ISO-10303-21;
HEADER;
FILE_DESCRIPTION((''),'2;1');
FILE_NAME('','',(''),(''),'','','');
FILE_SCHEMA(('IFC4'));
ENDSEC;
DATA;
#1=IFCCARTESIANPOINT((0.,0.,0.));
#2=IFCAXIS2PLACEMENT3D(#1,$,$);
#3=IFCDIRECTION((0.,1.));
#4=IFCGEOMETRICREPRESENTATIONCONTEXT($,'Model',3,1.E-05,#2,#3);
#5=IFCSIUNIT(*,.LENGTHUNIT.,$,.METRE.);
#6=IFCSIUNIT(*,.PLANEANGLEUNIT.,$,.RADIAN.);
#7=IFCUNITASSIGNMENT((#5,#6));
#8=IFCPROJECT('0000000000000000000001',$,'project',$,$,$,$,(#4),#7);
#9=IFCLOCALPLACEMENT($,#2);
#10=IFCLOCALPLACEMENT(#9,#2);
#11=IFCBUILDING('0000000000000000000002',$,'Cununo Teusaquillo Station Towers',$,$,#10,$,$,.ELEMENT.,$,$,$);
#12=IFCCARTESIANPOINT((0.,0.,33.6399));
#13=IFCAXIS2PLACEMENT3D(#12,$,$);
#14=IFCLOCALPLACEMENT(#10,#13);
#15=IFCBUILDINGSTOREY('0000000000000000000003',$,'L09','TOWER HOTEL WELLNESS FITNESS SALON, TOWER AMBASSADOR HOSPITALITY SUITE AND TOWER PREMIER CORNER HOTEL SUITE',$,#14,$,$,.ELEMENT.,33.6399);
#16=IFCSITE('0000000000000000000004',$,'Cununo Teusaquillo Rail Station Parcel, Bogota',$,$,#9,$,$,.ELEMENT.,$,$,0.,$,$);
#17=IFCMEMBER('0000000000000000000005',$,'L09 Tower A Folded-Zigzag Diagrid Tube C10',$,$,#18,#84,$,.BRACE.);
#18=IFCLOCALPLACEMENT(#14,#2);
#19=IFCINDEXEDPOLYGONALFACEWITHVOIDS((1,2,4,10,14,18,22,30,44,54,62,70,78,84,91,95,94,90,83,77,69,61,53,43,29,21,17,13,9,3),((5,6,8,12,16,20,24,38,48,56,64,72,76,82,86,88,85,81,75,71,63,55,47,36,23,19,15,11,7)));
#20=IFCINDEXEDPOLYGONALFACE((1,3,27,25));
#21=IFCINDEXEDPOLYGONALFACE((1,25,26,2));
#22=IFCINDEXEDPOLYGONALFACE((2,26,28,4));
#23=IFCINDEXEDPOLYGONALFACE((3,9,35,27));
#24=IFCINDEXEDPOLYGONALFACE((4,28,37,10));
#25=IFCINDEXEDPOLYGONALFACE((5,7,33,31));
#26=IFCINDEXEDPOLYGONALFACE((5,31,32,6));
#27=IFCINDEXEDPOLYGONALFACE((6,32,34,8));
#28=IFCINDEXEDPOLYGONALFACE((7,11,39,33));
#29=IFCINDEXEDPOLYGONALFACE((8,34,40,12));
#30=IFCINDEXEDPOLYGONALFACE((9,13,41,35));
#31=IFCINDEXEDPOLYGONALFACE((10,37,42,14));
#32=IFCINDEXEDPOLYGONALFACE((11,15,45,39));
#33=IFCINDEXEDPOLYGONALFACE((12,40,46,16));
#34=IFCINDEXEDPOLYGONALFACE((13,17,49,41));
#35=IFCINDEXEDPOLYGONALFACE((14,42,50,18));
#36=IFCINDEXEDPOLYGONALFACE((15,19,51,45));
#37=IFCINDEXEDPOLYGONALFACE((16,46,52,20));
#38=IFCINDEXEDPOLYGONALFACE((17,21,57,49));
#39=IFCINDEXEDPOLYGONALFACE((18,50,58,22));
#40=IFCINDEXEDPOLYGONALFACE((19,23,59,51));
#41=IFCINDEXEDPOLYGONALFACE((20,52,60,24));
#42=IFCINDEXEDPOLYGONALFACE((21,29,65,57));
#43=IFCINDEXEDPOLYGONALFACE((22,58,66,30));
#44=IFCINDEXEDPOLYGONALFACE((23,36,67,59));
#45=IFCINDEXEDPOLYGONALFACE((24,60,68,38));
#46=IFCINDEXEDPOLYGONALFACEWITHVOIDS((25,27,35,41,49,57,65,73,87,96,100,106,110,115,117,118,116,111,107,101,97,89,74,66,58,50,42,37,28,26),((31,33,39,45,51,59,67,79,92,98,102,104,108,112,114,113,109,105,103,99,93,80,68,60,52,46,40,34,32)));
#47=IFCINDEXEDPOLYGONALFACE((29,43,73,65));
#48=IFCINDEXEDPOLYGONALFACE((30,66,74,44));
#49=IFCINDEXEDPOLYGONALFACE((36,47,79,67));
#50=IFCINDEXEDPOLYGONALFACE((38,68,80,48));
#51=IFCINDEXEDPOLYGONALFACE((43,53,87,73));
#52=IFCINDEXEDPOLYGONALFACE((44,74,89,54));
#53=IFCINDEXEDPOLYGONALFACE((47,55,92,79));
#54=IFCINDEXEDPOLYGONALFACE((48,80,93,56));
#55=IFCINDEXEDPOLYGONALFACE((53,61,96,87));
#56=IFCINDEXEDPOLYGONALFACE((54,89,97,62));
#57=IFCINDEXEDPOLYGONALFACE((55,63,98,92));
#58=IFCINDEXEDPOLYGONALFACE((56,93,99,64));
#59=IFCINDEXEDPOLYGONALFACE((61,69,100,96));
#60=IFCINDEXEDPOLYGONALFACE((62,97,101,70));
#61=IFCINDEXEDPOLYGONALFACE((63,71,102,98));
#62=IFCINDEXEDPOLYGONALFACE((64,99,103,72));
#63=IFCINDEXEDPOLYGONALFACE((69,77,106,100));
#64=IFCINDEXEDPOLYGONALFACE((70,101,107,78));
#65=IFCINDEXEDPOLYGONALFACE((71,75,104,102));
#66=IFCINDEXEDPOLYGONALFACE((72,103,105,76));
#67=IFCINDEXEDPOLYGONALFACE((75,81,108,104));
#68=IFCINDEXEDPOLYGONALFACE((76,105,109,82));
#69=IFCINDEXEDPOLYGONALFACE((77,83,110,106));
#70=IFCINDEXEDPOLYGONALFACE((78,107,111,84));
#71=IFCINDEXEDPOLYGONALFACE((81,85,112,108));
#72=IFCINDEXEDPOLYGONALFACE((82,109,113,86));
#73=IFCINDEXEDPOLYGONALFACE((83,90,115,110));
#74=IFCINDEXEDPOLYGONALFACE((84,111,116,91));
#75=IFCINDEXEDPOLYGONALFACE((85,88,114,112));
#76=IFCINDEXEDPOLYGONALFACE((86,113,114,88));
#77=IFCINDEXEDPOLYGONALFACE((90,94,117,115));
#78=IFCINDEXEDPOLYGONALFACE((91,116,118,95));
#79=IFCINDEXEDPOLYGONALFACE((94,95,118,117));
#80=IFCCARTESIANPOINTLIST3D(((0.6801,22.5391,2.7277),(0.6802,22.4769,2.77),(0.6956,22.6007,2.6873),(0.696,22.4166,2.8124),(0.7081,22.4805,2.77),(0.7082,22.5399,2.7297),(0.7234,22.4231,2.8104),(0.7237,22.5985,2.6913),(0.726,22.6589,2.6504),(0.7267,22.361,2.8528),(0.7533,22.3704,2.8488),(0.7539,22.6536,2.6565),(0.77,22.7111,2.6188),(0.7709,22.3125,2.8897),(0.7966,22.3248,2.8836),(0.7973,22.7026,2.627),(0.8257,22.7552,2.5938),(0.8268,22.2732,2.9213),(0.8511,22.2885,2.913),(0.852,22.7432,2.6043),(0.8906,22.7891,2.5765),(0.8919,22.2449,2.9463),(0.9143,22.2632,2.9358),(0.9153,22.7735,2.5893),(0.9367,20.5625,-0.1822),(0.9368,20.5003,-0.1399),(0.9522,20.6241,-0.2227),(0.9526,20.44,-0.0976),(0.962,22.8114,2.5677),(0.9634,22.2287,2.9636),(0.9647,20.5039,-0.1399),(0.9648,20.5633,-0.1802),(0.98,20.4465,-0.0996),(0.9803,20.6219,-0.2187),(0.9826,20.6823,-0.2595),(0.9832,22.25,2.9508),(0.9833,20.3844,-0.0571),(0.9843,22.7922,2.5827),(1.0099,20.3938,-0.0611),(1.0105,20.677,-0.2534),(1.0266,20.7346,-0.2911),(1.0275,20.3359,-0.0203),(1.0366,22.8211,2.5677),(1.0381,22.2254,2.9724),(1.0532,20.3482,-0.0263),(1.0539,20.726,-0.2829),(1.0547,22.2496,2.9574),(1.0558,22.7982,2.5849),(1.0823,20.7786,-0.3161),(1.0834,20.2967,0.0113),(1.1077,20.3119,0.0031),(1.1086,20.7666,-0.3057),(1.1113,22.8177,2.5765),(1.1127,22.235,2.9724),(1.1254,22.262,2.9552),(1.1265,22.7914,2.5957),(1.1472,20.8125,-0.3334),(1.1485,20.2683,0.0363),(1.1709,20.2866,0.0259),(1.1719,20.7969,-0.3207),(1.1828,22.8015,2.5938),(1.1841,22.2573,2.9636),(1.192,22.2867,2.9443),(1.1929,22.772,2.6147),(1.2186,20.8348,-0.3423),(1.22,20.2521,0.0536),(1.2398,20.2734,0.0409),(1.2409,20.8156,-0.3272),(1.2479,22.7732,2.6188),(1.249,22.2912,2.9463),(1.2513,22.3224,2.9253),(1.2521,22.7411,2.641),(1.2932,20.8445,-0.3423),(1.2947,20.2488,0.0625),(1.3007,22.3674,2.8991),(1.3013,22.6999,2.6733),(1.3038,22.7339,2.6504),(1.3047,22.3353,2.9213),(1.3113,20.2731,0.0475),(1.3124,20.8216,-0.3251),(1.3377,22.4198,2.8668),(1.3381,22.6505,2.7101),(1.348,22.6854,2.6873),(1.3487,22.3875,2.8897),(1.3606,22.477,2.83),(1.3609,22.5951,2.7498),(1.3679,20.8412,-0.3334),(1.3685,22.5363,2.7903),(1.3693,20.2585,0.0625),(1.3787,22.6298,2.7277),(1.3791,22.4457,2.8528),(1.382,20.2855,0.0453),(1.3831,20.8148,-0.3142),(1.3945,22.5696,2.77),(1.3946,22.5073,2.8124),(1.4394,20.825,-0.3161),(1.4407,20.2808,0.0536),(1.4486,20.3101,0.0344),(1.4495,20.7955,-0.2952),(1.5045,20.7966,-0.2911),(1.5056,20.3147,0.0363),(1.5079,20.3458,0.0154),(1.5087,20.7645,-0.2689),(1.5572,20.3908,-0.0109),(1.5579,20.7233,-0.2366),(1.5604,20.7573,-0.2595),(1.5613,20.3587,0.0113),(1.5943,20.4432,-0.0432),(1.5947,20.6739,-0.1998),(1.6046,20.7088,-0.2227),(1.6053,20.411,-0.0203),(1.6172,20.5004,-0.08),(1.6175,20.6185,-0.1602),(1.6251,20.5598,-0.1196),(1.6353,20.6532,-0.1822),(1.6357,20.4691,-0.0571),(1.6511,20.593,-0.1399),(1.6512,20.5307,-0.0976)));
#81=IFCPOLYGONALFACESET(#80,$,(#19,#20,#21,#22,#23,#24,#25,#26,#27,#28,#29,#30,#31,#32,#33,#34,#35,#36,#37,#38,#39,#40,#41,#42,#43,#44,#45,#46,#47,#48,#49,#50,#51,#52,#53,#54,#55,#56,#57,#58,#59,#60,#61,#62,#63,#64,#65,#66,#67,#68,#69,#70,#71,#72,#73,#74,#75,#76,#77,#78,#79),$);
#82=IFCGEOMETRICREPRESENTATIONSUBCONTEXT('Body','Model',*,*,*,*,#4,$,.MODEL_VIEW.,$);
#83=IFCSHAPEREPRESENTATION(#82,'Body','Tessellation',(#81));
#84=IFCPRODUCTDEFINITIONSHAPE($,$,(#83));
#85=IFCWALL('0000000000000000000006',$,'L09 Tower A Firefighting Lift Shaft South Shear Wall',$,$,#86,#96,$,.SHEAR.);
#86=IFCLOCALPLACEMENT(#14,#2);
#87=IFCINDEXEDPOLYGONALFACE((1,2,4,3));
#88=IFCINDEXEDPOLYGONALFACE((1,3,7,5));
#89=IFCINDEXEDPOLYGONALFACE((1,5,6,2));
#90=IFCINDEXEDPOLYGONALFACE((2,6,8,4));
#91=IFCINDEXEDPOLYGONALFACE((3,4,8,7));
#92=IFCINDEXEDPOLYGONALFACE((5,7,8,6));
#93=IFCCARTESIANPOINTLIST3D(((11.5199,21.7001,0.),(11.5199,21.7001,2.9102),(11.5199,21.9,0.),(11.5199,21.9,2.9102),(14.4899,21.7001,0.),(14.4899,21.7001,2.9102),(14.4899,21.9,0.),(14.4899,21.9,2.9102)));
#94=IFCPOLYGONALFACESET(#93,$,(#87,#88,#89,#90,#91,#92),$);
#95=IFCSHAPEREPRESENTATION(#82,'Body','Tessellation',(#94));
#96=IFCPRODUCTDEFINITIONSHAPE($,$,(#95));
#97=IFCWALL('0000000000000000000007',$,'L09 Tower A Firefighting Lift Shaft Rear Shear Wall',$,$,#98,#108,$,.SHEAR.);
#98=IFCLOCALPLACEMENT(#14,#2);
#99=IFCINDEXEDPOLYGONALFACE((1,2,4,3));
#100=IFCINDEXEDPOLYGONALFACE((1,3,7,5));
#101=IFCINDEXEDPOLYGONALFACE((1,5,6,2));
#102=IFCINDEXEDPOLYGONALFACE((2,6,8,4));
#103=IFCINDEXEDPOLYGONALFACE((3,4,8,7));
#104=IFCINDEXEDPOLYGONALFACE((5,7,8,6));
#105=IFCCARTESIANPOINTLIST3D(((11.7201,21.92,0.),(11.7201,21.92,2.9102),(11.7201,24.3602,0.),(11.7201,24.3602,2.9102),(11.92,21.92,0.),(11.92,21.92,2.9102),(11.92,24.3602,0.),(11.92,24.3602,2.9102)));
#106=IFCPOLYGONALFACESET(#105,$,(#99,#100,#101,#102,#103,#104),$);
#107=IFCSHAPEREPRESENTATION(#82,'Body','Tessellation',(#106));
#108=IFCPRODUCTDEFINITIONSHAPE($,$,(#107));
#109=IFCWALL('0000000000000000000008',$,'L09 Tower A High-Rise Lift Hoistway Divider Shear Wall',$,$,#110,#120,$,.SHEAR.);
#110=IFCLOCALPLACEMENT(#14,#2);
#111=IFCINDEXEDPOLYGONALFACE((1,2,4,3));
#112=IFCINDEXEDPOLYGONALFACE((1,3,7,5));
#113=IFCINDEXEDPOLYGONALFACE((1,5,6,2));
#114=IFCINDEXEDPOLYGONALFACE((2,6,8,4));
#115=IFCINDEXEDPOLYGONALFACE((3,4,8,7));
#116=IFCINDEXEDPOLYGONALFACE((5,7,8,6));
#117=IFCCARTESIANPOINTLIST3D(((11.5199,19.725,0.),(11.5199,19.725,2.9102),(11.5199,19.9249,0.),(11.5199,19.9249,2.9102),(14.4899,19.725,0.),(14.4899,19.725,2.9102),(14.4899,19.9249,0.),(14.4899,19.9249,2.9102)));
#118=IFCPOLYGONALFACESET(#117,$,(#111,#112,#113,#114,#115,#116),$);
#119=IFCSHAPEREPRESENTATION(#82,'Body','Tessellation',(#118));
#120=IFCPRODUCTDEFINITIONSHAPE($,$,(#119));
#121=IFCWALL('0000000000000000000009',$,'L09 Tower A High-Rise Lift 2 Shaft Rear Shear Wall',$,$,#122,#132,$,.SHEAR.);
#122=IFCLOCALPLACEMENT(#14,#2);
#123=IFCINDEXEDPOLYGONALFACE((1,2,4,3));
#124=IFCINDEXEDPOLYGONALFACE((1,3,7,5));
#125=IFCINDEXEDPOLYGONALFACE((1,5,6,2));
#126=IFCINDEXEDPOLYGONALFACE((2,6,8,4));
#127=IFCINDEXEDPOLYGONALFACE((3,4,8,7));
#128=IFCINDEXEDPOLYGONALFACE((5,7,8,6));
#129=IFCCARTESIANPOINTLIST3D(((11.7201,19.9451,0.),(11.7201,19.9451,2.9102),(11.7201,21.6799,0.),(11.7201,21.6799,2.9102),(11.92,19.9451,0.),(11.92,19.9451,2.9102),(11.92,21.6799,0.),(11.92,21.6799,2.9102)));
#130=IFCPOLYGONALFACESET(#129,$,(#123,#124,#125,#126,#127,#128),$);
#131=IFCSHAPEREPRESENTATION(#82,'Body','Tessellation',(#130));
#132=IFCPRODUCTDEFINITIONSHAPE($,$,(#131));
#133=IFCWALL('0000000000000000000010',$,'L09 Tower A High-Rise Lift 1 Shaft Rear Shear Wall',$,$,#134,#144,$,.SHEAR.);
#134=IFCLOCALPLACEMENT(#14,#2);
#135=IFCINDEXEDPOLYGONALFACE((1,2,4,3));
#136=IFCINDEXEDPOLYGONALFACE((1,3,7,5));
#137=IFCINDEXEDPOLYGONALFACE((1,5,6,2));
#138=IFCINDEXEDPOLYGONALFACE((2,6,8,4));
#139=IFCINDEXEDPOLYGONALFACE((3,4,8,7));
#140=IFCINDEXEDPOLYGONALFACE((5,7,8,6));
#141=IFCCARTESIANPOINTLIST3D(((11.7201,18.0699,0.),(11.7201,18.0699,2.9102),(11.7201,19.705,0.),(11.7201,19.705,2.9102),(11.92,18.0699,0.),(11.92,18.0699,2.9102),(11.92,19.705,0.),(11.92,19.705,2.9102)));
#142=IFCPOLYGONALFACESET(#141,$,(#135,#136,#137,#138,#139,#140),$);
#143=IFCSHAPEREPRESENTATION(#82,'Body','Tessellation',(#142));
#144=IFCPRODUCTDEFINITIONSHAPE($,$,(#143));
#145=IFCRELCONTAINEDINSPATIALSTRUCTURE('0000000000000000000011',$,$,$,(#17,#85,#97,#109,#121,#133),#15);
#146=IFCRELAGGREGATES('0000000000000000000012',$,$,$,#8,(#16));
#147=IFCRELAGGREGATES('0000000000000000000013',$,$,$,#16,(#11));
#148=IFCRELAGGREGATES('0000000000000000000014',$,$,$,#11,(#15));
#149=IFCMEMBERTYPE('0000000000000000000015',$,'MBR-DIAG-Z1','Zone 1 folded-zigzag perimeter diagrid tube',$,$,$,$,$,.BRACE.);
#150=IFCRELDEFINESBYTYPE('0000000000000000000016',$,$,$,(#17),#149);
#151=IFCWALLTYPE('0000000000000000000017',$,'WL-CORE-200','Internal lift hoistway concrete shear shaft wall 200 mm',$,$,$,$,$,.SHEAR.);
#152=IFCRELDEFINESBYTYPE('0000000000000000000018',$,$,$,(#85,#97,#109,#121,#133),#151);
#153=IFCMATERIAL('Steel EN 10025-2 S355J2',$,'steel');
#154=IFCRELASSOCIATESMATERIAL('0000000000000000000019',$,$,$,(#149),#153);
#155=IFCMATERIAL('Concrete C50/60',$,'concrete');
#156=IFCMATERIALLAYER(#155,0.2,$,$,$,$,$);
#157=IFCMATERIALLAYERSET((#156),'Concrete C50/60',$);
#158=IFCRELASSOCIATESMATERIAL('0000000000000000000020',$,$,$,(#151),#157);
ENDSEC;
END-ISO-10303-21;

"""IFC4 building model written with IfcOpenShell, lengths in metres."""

from ifc_helpers import new_model, si_unit, direction, frame, frame_2d, origin, origin_2d, place, context, subcontext, project, spatial, rectangle, hollow_circle, extrude, material, layer, layer_set, material_profile, profile_set, type_object, element, save


model = new_model("IFC4")

# Units and contexts
model_context = context("Model", 3, precision=1e-05, world=origin(), true_north=direction((0.0, 1.0)))
body_context = subcontext(model_context, "Body", "Model", "MODEL_VIEW")
ifc_project = project(units=[si_unit("LENGTHUNIT", "METRE"), si_unit("PLANEANGLEUNIT", "RADIAN")], contexts=[model_context])

# Site, building, storey
site_placement = place(None, origin())
site = spatial("IfcSite", under=ifc_project, at=site_placement, Name="Cununo Teusaquillo Rail Station Parcel, Bogota", CompositionType="ELEMENT", RefElevation=0.0)
building_placement = place(site_placement, origin())
building = spatial("IfcBuilding", under=site, at=building_placement, Name="Cununo Teusaquillo Station Towers", CompositionType="ELEMENT")
storey_placement = place(building_placement, frame((0.0, 0.0, 33.6399)))
storey = spatial("IfcBuildingStorey", under=building, at=storey_placement, Name="L09", Description="TOWER HOTEL WELLNESS FITNESS SALON, TOWER AMBASSADOR HOSPITALITY SUITE AND TOWER PREMIER CORNER HOTEL SUITE", CompositionType="ELEMENT", Elevation=33.6399)

# Member
ifc_material_1 = material(Name="Steel EN 10025-2 S355J2", Category="steel")
ifc_material_profile_1 = material_profile(ifc_material_1, hollow_circle(Radius=0.3601, WallThickness=0.0281, at=origin_2d()), Name="CHS 720x28")
ifc_profile_set_1 = profile_set([ifc_material_profile_1], Name="Steel EN 10025-2 S355J2")
member_type = type_object("IfcMemberType", Name="MBR-DIAG-Z1", Description="Zone 1 folded-zigzag perimeter diagrid tube", PredefinedType="BRACE", material=ifc_profile_set_1)
member_placement = place(storey_placement, frame((1.2939, 20.5466, -0.1399), z_axis=(-0.072749, 0.560398, 0.825022), x_axis=(-0.991679, -0.128737, 0.0)))
element("IfcMember", 1, at=member_placement, inside=storey, type_object=member_type, Name="L09 Tower A Folded-Zigzag Diagrid Tube C10", PredefinedType="BRACE", context=body_context, shape_type="SweptSolid", body=[
    extrude(hollow_circle(Radius=0.3601, WallThickness=0.0281, at=origin_2d()), origin(), (0.0, 0.0, 1.0), 3.5271),
])

# Walls
ifc_material_2 = material(Name="Concrete C50/60", Category="concrete")
ifc_layer_1 = layer(ifc_material_2, 0.2)
ifc_layer_set_1 = layer_set([ifc_layer_1], Name="Concrete C50/60")
wall_type_1 = type_object("IfcWallType", Name="WL-CORE-200", Description="Internal lift hoistway concrete shear shaft wall 200 mm", PredefinedType="SHEAR", material=ifc_layer_set_1)
wall_1_placement = place(storey_placement, frame((11.52, 21.8, 0.0), z_axis=(0.0, 0.0, 1.0), x_axis=(1.0, 0.0, 0.0)))
element("IfcWall", 2, at=wall_1_placement, inside=storey, type_object=wall_type_1, Name="L09 Tower A Firefighting Lift Shaft South Shear Wall", PredefinedType="SHEAR", context=body_context, shape_type="SweptSolid", body=[
    extrude(rectangle(XDim=2.97, YDim=0.2, at=frame_2d((1.4849, 0.0))), origin(), (0.0, 0.0, 1.0), 2.9102),
])
wall_2_placement = place(storey_placement, frame((11.8201, 21.9199, 0.0), z_axis=(0.0, 0.0, 1.0), x_axis=(0.0, 1.0, 0.0)))
element("IfcWall", 3, at=wall_2_placement, inside=storey, type_object=wall_type_1, Name="L09 Tower A Firefighting Lift Shaft Rear Shear Wall", PredefinedType="SHEAR", context=body_context, shape_type="SweptSolid", body=[
    extrude(rectangle(XDim=2.4402, YDim=0.2, at=frame_2d((1.2202, 0.0))), origin(), (0.0, 0.0, 1.0), 2.9102),
])
wall_3_placement = place(storey_placement, frame((11.52, 19.825, 0.0), z_axis=(0.0, 0.0, 1.0), x_axis=(1.0, 0.0, 0.0)))
element("IfcWall", 4, at=wall_3_placement, inside=storey, type_object=wall_type_1, Name="L09 Tower A High-Rise Lift Hoistway Divider Shear Wall", PredefinedType="SHEAR", context=body_context, shape_type="SweptSolid", body=[
    extrude(rectangle(XDim=2.97, YDim=0.2, at=frame_2d((1.4849, 0.0))), origin(), (0.0, 0.0, 1.0), 2.9102),
])
wall_4_placement = place(storey_placement, frame((11.8201, 19.9451, 0.0), z_axis=(0.0, 0.0, 1.0), x_axis=(0.0, 1.0, 0.0)))
element("IfcWall", 5, at=wall_4_placement, inside=storey, type_object=wall_type_1, Name="L09 Tower A High-Rise Lift 2 Shaft Rear Shear Wall", PredefinedType="SHEAR", context=body_context, shape_type="SweptSolid", body=[
    extrude(rectangle(XDim=1.7349, YDim=0.2, at=frame_2d((0.8674, 0.0))), origin(), (0.0, 0.0, 1.0), 2.9102),
])
wall_5_placement = place(storey_placement, frame((11.8201, 18.0701, 0.0), z_axis=(0.0, 0.0, 1.0), x_axis=(0.0, 1.0, 0.0)))
element("IfcWall", 6, at=wall_5_placement, inside=storey, type_object=wall_type_1, Name="L09 Tower A High-Rise Lift 1 Shaft Rear Shear Wall", PredefinedType="SHEAR", context=body_context, shape_type="SweptSolid", body=[
    extrude(rectangle(XDim=1.635, YDim=0.2, at=frame_2d((0.8174, 0.0))), origin(), (0.0, 0.0, 1.0), 2.9102),
])

save(model, "model.ifc")
